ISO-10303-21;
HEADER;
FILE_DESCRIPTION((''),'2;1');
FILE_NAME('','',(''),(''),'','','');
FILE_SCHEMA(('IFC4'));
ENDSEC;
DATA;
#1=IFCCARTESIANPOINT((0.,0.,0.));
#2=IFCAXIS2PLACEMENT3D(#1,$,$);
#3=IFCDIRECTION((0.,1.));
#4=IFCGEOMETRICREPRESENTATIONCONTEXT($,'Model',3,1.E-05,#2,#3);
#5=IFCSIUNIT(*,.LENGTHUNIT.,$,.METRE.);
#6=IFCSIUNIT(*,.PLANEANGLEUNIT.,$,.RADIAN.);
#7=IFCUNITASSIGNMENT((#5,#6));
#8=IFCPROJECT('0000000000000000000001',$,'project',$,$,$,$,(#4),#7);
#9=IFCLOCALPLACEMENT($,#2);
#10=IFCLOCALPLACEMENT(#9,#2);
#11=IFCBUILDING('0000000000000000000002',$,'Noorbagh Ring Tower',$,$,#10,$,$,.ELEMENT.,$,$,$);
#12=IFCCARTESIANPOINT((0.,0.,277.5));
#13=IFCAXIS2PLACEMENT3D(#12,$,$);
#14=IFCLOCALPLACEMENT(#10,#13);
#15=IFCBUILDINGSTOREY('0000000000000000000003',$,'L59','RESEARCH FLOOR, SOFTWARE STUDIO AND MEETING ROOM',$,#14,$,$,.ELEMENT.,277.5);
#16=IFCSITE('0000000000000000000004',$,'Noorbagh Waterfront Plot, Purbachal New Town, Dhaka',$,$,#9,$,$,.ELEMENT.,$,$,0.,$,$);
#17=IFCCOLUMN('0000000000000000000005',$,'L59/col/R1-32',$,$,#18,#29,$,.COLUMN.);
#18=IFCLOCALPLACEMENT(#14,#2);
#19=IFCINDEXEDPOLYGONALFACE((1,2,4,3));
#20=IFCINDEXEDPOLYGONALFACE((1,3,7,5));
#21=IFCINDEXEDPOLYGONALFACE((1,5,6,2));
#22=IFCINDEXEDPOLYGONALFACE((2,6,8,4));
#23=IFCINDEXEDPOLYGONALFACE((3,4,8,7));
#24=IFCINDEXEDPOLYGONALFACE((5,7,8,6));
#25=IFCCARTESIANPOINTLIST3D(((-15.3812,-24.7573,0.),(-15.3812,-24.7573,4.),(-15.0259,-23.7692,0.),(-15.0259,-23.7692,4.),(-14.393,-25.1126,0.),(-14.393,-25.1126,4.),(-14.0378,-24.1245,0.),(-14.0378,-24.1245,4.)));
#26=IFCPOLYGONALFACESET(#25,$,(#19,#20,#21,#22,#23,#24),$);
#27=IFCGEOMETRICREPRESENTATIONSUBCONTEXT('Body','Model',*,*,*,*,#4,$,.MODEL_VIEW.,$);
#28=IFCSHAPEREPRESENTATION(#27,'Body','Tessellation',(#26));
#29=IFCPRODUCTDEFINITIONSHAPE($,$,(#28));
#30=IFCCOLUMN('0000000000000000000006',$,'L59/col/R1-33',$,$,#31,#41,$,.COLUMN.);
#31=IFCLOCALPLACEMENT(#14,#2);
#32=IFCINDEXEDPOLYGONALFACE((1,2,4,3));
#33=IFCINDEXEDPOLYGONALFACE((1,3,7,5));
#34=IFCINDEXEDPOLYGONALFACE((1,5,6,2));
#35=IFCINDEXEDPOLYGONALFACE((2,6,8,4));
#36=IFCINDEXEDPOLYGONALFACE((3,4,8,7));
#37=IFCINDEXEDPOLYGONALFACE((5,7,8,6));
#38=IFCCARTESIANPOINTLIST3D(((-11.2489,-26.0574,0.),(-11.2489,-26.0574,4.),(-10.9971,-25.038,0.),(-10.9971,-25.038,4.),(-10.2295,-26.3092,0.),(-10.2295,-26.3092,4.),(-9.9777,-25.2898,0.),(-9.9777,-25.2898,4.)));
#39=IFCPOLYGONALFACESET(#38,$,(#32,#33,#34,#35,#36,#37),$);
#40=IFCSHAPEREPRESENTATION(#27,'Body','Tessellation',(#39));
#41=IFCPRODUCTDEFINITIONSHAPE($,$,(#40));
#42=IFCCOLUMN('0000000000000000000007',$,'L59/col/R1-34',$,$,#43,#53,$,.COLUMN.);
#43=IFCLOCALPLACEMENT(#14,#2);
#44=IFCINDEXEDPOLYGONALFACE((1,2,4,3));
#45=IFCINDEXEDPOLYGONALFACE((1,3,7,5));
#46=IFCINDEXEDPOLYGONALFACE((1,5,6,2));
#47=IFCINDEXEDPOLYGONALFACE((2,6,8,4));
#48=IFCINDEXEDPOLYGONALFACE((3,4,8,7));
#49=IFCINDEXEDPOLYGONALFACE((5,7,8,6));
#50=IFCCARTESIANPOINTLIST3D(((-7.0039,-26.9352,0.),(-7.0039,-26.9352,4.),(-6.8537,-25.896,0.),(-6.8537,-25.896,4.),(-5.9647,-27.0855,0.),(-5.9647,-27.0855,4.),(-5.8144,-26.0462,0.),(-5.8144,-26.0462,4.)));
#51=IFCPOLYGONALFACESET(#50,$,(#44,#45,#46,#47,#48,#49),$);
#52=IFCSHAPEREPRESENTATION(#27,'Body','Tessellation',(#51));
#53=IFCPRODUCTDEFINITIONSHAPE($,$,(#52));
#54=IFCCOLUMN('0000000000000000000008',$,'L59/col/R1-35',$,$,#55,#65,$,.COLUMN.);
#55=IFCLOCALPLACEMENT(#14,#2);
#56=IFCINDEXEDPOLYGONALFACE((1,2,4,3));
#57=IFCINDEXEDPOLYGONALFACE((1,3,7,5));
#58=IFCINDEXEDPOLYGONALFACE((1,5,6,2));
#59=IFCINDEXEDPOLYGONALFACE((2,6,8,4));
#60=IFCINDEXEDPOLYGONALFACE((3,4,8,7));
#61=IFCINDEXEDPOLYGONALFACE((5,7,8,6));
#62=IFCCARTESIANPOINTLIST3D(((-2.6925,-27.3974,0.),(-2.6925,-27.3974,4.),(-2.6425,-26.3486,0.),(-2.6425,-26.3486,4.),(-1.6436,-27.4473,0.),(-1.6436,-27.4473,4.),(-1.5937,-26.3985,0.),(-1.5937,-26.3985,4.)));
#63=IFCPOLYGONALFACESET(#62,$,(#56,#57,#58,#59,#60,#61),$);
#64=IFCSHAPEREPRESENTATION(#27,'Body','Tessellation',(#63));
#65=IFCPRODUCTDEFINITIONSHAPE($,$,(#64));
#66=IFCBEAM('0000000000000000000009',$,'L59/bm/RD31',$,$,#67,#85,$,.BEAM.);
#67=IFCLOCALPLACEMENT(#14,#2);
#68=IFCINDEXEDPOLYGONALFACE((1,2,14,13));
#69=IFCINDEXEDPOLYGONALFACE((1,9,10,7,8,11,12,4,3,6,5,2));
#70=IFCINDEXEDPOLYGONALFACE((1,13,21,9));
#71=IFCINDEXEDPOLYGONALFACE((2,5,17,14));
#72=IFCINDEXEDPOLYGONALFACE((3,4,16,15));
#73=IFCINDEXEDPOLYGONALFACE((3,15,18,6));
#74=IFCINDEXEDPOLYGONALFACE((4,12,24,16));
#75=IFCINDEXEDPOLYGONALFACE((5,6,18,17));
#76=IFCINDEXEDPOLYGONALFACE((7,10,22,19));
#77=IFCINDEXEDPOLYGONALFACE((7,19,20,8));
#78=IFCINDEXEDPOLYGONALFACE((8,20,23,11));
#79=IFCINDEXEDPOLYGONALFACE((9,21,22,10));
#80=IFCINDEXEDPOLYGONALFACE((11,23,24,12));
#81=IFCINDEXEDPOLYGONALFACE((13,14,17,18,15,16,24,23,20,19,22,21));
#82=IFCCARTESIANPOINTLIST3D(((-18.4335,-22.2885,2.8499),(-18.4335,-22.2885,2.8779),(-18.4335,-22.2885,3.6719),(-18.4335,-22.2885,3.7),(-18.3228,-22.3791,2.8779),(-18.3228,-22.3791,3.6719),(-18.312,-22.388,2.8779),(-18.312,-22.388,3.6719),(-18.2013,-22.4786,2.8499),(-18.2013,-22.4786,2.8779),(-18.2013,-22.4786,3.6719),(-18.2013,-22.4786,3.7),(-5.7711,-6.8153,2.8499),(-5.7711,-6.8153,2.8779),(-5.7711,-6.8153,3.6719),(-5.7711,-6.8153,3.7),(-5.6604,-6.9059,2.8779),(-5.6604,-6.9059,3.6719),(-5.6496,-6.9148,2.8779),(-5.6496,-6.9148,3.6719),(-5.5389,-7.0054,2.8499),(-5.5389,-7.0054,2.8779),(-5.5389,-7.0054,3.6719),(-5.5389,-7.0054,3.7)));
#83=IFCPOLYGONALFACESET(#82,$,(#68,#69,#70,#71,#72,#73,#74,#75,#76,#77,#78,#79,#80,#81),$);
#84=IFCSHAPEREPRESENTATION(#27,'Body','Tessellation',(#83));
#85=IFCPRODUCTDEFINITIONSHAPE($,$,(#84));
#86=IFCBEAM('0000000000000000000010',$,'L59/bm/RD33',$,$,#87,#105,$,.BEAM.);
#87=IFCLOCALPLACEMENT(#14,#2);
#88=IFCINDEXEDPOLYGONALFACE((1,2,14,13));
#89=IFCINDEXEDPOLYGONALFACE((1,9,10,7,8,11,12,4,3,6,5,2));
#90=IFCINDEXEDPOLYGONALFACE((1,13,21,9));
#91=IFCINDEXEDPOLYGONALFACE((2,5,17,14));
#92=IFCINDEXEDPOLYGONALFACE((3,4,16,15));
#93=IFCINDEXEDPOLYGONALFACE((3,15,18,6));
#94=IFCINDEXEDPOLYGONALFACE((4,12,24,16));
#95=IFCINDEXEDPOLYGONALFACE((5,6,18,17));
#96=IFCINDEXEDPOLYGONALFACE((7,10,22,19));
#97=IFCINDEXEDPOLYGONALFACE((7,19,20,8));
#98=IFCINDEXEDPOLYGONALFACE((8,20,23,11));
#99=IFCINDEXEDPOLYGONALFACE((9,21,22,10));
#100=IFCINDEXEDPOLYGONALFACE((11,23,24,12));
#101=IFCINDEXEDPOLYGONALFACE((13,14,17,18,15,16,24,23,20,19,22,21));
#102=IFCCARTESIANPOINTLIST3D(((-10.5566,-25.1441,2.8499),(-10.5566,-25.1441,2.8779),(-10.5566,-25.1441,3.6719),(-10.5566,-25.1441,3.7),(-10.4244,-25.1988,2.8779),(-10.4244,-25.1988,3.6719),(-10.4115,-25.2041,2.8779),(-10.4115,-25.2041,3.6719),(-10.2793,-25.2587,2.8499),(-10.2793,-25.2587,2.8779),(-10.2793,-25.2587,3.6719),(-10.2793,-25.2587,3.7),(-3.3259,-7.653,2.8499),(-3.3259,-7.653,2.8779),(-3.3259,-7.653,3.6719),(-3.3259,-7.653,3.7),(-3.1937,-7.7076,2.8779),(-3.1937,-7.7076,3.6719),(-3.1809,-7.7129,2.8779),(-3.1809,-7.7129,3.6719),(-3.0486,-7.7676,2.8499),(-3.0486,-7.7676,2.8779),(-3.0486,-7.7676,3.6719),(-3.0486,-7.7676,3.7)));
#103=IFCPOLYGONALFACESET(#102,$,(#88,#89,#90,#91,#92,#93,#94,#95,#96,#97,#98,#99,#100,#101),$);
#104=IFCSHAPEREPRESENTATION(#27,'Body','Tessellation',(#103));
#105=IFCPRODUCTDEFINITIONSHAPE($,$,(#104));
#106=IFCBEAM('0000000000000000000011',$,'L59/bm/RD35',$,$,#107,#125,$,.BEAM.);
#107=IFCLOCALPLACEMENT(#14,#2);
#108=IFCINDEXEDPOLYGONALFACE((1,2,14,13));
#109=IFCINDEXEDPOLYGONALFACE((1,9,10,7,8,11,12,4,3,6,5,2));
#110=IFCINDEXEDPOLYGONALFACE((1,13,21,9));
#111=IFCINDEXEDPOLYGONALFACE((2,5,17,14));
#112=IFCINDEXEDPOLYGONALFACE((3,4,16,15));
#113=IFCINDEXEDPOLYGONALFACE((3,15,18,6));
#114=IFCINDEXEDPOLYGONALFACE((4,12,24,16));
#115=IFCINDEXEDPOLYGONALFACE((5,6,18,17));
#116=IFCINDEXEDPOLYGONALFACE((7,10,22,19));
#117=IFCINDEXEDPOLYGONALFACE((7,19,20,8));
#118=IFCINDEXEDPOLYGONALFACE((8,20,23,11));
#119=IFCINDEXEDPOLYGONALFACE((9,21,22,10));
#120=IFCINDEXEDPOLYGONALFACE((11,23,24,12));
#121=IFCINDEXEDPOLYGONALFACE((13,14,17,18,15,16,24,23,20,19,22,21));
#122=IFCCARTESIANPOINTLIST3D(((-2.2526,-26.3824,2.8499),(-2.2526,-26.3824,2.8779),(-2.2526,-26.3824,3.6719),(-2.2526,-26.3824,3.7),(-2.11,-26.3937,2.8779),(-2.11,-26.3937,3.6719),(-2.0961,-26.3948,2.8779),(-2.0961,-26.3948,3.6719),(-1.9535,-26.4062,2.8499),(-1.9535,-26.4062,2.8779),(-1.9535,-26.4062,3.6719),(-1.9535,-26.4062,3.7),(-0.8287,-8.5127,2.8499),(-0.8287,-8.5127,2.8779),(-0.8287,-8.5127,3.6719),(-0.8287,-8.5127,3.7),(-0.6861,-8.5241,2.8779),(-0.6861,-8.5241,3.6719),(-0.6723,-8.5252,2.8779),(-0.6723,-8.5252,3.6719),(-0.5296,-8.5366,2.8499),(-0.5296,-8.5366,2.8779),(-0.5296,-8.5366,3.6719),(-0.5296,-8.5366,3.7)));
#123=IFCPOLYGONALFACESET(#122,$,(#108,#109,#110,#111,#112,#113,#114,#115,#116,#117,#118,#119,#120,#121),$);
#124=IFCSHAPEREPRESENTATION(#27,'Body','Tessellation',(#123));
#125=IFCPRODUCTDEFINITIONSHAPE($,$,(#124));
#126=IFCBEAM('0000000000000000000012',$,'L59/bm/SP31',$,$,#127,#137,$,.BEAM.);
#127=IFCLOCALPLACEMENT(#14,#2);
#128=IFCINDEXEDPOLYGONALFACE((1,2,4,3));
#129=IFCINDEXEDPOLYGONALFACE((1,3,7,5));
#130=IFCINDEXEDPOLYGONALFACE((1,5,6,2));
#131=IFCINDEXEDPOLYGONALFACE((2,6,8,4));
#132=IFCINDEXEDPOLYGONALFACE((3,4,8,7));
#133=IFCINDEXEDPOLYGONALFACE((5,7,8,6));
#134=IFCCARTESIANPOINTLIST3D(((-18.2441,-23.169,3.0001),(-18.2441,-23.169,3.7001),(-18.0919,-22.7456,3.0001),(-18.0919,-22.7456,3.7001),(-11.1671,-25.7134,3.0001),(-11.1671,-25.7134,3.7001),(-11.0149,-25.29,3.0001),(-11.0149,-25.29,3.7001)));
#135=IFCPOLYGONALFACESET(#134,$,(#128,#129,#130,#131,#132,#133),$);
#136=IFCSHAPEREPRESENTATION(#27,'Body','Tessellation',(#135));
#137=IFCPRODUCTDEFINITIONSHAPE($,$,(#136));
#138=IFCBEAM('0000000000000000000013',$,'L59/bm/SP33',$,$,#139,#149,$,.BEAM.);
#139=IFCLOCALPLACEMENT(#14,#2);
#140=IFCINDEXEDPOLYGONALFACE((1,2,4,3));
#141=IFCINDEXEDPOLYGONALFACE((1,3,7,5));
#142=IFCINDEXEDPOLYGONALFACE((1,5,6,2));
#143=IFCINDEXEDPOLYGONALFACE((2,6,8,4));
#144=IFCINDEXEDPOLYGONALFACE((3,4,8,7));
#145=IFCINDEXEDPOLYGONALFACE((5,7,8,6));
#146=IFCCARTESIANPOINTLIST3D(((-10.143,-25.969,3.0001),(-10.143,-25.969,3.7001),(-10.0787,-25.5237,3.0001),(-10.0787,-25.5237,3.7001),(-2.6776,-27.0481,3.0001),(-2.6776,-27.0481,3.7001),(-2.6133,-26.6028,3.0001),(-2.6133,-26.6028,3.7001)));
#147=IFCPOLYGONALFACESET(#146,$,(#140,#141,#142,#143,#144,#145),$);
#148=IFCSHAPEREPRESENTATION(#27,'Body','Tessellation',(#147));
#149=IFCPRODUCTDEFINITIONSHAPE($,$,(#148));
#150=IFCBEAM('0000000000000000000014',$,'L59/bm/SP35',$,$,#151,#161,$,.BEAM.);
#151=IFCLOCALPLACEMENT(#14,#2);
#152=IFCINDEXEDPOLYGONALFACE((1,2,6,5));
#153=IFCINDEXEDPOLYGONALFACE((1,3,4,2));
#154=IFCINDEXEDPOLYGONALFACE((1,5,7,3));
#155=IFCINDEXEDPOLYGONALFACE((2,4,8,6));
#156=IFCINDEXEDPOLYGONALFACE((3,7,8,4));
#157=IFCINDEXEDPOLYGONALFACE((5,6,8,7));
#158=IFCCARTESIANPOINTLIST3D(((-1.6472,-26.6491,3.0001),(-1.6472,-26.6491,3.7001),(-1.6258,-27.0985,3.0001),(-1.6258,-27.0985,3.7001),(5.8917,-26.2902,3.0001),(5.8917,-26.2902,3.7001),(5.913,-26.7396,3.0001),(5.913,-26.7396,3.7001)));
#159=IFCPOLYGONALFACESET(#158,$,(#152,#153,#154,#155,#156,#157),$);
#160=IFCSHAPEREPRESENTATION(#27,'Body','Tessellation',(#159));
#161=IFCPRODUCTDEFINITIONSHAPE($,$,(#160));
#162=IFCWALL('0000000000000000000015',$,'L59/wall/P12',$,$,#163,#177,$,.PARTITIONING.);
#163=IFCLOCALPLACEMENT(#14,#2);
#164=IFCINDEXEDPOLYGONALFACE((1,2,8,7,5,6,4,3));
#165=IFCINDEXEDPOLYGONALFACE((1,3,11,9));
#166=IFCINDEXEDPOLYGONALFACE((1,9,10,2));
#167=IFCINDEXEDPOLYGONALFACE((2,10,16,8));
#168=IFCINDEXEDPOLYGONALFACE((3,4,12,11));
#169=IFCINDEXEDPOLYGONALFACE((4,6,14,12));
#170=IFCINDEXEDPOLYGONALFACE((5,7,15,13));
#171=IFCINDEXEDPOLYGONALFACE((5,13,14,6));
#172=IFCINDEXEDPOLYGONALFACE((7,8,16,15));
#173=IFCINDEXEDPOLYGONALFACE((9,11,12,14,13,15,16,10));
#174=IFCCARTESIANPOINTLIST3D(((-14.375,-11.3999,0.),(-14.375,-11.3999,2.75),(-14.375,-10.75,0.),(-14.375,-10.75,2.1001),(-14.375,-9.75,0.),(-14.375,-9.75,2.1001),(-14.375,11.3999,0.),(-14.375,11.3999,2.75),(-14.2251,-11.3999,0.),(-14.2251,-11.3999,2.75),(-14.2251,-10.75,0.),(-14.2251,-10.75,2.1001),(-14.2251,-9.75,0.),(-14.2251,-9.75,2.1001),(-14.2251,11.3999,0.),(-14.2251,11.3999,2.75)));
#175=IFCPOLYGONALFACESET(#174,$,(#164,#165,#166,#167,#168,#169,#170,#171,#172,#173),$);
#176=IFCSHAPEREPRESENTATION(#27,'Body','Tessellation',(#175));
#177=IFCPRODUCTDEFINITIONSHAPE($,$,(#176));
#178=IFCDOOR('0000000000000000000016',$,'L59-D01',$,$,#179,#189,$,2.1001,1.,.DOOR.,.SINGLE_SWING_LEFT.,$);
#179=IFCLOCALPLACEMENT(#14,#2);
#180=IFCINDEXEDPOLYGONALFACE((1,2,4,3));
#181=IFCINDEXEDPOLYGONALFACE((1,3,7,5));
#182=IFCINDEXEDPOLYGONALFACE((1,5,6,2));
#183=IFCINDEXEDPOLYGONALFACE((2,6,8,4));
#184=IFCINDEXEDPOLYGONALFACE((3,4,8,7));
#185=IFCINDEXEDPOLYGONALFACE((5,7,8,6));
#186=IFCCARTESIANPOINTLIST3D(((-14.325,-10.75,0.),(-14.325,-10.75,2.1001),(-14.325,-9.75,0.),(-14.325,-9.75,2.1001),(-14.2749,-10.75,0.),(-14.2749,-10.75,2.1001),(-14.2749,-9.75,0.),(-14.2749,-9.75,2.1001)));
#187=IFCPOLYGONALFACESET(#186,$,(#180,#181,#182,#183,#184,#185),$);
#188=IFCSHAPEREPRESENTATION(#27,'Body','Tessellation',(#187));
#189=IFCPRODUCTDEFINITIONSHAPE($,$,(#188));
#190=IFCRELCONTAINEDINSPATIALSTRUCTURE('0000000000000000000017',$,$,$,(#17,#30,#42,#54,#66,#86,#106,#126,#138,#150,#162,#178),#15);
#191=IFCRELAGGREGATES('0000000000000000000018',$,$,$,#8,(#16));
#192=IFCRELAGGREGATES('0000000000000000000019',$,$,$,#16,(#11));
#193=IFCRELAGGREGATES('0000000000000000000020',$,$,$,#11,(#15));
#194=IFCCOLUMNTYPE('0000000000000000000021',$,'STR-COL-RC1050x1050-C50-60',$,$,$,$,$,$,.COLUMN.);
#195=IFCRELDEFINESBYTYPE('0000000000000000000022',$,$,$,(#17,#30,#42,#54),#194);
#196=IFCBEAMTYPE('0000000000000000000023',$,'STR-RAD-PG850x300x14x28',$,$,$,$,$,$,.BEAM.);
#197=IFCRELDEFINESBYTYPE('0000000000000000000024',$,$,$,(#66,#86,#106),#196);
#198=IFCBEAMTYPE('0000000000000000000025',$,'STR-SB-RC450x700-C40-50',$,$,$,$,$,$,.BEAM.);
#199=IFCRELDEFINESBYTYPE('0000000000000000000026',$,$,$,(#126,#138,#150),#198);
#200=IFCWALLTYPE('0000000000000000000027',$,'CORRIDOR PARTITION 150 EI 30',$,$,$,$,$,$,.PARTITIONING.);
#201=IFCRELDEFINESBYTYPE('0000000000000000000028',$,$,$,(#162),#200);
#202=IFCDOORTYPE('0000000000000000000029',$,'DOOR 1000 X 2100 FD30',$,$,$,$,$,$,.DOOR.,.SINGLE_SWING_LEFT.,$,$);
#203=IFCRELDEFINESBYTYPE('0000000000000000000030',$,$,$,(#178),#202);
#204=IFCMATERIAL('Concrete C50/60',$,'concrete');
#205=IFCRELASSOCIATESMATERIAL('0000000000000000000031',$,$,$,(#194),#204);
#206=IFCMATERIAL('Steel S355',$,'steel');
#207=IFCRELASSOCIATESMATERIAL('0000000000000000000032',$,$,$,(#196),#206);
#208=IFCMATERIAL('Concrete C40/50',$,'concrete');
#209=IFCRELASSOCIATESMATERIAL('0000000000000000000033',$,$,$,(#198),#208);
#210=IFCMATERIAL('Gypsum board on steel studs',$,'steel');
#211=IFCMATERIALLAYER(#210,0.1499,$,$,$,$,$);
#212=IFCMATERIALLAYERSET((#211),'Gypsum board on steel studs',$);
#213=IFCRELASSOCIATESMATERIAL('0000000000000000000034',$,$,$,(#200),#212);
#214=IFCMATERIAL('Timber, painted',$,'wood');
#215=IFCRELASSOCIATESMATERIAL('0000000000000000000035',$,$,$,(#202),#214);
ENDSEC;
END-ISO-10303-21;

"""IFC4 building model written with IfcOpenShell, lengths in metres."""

from ifc_helpers import new_model, si_unit, direction, frame, frame_2d, origin, origin_2d, place, context, subcontext, project, spatial, rectangle, i_section, extrude, material, layer, layer_set, material_profile, profile_set, type_object, element, fill, save


model = new_model("IFC4")

# Units and contexts
model_context = context("Model", 3, precision=1e-05, world=origin(), true_north=direction((0.0, 1.0)))
body_context = subcontext(model_context, "Body", "Model", "MODEL_VIEW")
ifc_project = project(units=[si_unit("LENGTHUNIT", "METRE"), si_unit("PLANEANGLEUNIT", "RADIAN")], contexts=[model_context])

# Site, building, storey
site_placement = place(None, origin())
site = spatial("IfcSite", under=ifc_project, at=site_placement, Name="Noorbagh Waterfront Plot, Purbachal New Town, Dhaka", CompositionType="ELEMENT", RefElevation=0.0)
building_placement = place(site_placement, origin())
building = spatial("IfcBuilding", under=site, at=building_placement, Name="Noorbagh Ring Tower", CompositionType="ELEMENT")
storey_placement = place(building_placement, frame((0.0, 0.0, 277.5)))
storey = spatial("IfcBuildingStorey", under=building, at=storey_placement, Name="L59", Description="RESEARCH FLOOR, SOFTWARE STUDIO AND MEETING ROOM", CompositionType="ELEMENT", Elevation=277.5)

# Columns
ifc_material_1 = material(Name="Concrete C50/60", Category="concrete")
ifc_material_profile_1 = material_profile(ifc_material_1, rectangle(XDim=1.05, YDim=1.05, at=origin_2d()), Name="RC1050x1050")
ifc_profile_set_1 = profile_set([ifc_material_profile_1], Name="Concrete C50/60")
column_type = type_object("IfcColumnType", Name="STR-COL-RC1050x1050-C50-60", PredefinedType="COLUMN", material=ifc_profile_set_1)
for number, where, z_axis, x_axis, name in (
    (1, (-14.7095, -24.4409, 0.0), (0.0, 0.0, 1.0), (0.941025, -0.338338, 0.0), "L59/col/R1-32"),
    (2, (-10.6133, -25.6736, 0.0), (0.0, 0.0, 1.0), (0.970829, -0.239771, 0.0), "L59/col/R1-33"),
    (3, (-6.4092, -26.4907, 0.0), (0.0, 0.0, 1.0), (0.989713, -0.143066, 0.0), "L59/col/R1-34"),
    (4, (-2.1431, -26.8979, 0.0), (0.0, 0.0, 1.0), (0.998869, -0.047553, 0.0), "L59/col/R1-35"),
):
    element("IfcColumn", number, at=place(storey_placement, frame(where, z_axis=z_axis, x_axis=x_axis)), inside=storey, type_object=column_type, Name=name, PredefinedType="COLUMN", context=body_context, shape_type="SweptSolid", body=[
        extrude(rectangle(XDim=1.05, YDim=1.05, at=origin_2d()), origin(), (0.0, 0.0, 1.0), 4.0),
    ])

# Beams
ifc_material_2 = material(Name="Steel S355", Category="steel")
ifc_material_profile_2 = material_profile(ifc_material_2, i_section(OverallWidth=0.3, OverallDepth=0.8501, WebThickness=0.0139, FlangeThickness=0.0281, at=origin_2d()), Name="PG850x300x14x28")
ifc_profile_set_2 = profile_set([ifc_material_profile_2], Name="Steel S355")
beam_type_1 = type_object("IfcBeamType", Name="STR-RAD-PG850x300x14x28", PredefinedType="BEAM", material=ifc_profile_set_2)
beam_1_placement = place(storey_placement, frame((-18.3174, -22.3835, 3.2749), z_axis=(0.633313, 0.773896, 0.0), x_axis=(-0.773896, 0.633313, 0.0)))
element("IfcBeam", 5, at=beam_1_placement, inside=storey, type_object=beam_type_1, Name="L59/bm/RD31", PredefinedType="BEAM", context=body_context, shape_type="SweptSolid", body=[
    extrude(i_section(OverallWidth=0.3, OverallDepth=0.8501, WebThickness=0.0139, FlangeThickness=0.0281, at=origin_2d()), origin(), (0.0, 0.0, 1.0), 19.9939),
])
beam_2_placement = place(storey_placement, frame((-10.418, -25.2014, 3.2749), z_axis=(0.382035, 0.924148, 0.0), x_axis=(-0.924148, 0.382035, 0.0)))
element("IfcBeam", 6, at=beam_2_placement, inside=storey, type_object=beam_type_1, Name="L59/bm/RD33", PredefinedType="BEAM", context=body_context, shape_type="SweptSolid", body=[
    extrude(i_section(OverallWidth=0.3, OverallDepth=0.8501, WebThickness=0.0139, FlangeThickness=0.0281, at=origin_2d()), origin(), (0.0, 0.0, 1.0), 18.9268),
])
beam_3_placement = place(storey_placement, frame((-2.103, -26.3943, 3.2749), z_axis=(0.079427, 0.996841, 0.0), x_axis=(-0.996841, 0.079427, 0.0)))
element("IfcBeam", 7, at=beam_3_placement, inside=storey, type_object=beam_type_1, Name="L59/bm/RD35", PredefinedType="BEAM", context=body_context, shape_type="SweptSolid", body=[
    extrude(i_section(OverallWidth=0.3, OverallDepth=0.8501, WebThickness=0.0139, FlangeThickness=0.0281, at=origin_2d()), origin(), (0.0, 0.0, 1.0), 17.9263),
])
ifc_material_3 = material(Name="Concrete C40/50", Category="concrete")
ifc_material_profile_3 = material_profile(ifc_material_3, rectangle(XDim=0.45, YDim=0.7, at=origin_2d()), Name="RC450x700")
ifc_profile_set_3 = profile_set([ifc_material_profile_3], Name="Concrete C40/50")
beam_type_2 = type_object("IfcBeamType", Name="STR-SB-RC450x700-C40-50", PredefinedType="BEAM", material=ifc_profile_set_3)
beam_4_placement = place(storey_placement, frame((-18.168, -22.9573, 3.3501), z_axis=(0.941025, -0.338337, 0.0), x_axis=(0.338337, 0.941025, 0.0)))
element("IfcBeam", 8, at=beam_4_placement, inside=storey, type_object=beam_type_2, Name="L59/bm/SP31", PredefinedType="BEAM", context=body_context, shape_type="SweptSolid", body=[
    extrude(rectangle(XDim=0.45, YDim=0.7, at=origin_2d()), origin(), (0.0, 0.0, 1.0), 7.5205),
])
beam_5_placement = place(storey_placement, frame((-10.1108, -25.7463, 3.3501), z_axis=(0.989714, -0.143062, 0.0), x_axis=(0.143062, 0.989714, 0.0)))
element("IfcBeam", 9, at=beam_5_placement, inside=storey, type_object=beam_type_2, Name="L59/bm/SP33", PredefinedType="BEAM", context=body_context, shape_type="SweptSolid", body=[
    extrude(rectangle(XDim=0.45, YDim=0.7, at=origin_2d()), origin(), (0.0, 0.0, 1.0), 7.543),
])
beam_6_placement = place(storey_placement, frame((-1.6365, -26.8738, 3.3501), z_axis=(0.998869, 0.047551, 0.0), x_axis=(-0.047551, 0.998869, 0.0)))
element("IfcBeam", 10, at=beam_6_placement, inside=storey, type_object=beam_type_2, Name="L59/bm/SP35", PredefinedType="BEAM", context=body_context, shape_type="SweptSolid", body=[
    extrude(rectangle(XDim=0.45, YDim=0.7, at=origin_2d()), origin(), (0.0, 0.0, 1.0), 7.5474),
])

# Wall, opening, door
ifc_material_4 = material(Name="Gypsum board on steel studs", Category="steel")
ifc_layer = layer(ifc_material_4, 0.1499)
ifc_layer_set = layer_set([ifc_layer], Name="Gypsum board on steel studs")
wall_type = type_object("IfcWallType", Name="CORRIDOR PARTITION 150 EI 30", PredefinedType="PARTITIONING", material=ifc_layer_set)
wall_1_placement = place(storey_placement, frame((-14.3, -11.3999, 0.0), z_axis=(0.0, 0.0, 1.0), x_axis=(0.0, 1.0, 0.0)))
wall_1 = element("IfcWall", 11, at=wall_1_placement, inside=storey, type_object=wall_type, Name="L59/wall/P12", PredefinedType="PARTITIONING", context=body_context, shape_type="SweptSolid", body=[
    extrude(rectangle(XDim=22.7998, YDim=0.1499, at=frame_2d((11.3999, 0.0))), origin(), (0.0, 0.0, 1.0), 2.75),
])
opening_1_placement = place(wall_1_placement, frame((0.6499, 0.0, 0.0)))
opening_1 = element("IfcOpeningElement", 12, at=opening_1_placement, cuts=wall_1, PredefinedType="OPENING", context=body_context, shape_type="SweptSolid", body=[
    extrude(rectangle(XDim=1.0, YDim=2.1001, at=frame_2d((0.5, 1.05))), frame((0.0, 0.085, 0.0), z_axis=(0.0, -1.0, 0.0), x_axis=(1.0, 0.0, 0.0)), (0.0, 0.0, 1.0), 0.1699),
])
ifc_material_5 = material(Name="Timber, painted", Category="wood")
door_type_1 = type_object("IfcDoorType", Name="DOOR 1000 X 2100 FD30", OperationType="SINGLE_SWING_LEFT", PredefinedType="DOOR", material=ifc_material_5)
door_1_placement = place(opening_1_placement, origin())
door_1 = element("IfcDoor", 13, at=door_1_placement, inside=storey, type_object=door_type_1, Name="L59-D01", OperationType="SINGLE_SWING_LEFT", OverallHeight=2.1001, OverallWidth=1.0, PredefinedType="DOOR", context=body_context, shape_type="SweptSolid", body=[
    extrude(rectangle(XDim=1.0, YDim=2.1001, at=frame_2d((0.5, 1.05))), frame((0.0, 0.0249, 0.0), z_axis=(0.0, -1.0, 0.0), x_axis=(1.0, 0.0, 0.0)), (0.0, 0.0, 1.0), 0.05),
])
fill(opening_1, door_1)

save(model, "model.ifc")
